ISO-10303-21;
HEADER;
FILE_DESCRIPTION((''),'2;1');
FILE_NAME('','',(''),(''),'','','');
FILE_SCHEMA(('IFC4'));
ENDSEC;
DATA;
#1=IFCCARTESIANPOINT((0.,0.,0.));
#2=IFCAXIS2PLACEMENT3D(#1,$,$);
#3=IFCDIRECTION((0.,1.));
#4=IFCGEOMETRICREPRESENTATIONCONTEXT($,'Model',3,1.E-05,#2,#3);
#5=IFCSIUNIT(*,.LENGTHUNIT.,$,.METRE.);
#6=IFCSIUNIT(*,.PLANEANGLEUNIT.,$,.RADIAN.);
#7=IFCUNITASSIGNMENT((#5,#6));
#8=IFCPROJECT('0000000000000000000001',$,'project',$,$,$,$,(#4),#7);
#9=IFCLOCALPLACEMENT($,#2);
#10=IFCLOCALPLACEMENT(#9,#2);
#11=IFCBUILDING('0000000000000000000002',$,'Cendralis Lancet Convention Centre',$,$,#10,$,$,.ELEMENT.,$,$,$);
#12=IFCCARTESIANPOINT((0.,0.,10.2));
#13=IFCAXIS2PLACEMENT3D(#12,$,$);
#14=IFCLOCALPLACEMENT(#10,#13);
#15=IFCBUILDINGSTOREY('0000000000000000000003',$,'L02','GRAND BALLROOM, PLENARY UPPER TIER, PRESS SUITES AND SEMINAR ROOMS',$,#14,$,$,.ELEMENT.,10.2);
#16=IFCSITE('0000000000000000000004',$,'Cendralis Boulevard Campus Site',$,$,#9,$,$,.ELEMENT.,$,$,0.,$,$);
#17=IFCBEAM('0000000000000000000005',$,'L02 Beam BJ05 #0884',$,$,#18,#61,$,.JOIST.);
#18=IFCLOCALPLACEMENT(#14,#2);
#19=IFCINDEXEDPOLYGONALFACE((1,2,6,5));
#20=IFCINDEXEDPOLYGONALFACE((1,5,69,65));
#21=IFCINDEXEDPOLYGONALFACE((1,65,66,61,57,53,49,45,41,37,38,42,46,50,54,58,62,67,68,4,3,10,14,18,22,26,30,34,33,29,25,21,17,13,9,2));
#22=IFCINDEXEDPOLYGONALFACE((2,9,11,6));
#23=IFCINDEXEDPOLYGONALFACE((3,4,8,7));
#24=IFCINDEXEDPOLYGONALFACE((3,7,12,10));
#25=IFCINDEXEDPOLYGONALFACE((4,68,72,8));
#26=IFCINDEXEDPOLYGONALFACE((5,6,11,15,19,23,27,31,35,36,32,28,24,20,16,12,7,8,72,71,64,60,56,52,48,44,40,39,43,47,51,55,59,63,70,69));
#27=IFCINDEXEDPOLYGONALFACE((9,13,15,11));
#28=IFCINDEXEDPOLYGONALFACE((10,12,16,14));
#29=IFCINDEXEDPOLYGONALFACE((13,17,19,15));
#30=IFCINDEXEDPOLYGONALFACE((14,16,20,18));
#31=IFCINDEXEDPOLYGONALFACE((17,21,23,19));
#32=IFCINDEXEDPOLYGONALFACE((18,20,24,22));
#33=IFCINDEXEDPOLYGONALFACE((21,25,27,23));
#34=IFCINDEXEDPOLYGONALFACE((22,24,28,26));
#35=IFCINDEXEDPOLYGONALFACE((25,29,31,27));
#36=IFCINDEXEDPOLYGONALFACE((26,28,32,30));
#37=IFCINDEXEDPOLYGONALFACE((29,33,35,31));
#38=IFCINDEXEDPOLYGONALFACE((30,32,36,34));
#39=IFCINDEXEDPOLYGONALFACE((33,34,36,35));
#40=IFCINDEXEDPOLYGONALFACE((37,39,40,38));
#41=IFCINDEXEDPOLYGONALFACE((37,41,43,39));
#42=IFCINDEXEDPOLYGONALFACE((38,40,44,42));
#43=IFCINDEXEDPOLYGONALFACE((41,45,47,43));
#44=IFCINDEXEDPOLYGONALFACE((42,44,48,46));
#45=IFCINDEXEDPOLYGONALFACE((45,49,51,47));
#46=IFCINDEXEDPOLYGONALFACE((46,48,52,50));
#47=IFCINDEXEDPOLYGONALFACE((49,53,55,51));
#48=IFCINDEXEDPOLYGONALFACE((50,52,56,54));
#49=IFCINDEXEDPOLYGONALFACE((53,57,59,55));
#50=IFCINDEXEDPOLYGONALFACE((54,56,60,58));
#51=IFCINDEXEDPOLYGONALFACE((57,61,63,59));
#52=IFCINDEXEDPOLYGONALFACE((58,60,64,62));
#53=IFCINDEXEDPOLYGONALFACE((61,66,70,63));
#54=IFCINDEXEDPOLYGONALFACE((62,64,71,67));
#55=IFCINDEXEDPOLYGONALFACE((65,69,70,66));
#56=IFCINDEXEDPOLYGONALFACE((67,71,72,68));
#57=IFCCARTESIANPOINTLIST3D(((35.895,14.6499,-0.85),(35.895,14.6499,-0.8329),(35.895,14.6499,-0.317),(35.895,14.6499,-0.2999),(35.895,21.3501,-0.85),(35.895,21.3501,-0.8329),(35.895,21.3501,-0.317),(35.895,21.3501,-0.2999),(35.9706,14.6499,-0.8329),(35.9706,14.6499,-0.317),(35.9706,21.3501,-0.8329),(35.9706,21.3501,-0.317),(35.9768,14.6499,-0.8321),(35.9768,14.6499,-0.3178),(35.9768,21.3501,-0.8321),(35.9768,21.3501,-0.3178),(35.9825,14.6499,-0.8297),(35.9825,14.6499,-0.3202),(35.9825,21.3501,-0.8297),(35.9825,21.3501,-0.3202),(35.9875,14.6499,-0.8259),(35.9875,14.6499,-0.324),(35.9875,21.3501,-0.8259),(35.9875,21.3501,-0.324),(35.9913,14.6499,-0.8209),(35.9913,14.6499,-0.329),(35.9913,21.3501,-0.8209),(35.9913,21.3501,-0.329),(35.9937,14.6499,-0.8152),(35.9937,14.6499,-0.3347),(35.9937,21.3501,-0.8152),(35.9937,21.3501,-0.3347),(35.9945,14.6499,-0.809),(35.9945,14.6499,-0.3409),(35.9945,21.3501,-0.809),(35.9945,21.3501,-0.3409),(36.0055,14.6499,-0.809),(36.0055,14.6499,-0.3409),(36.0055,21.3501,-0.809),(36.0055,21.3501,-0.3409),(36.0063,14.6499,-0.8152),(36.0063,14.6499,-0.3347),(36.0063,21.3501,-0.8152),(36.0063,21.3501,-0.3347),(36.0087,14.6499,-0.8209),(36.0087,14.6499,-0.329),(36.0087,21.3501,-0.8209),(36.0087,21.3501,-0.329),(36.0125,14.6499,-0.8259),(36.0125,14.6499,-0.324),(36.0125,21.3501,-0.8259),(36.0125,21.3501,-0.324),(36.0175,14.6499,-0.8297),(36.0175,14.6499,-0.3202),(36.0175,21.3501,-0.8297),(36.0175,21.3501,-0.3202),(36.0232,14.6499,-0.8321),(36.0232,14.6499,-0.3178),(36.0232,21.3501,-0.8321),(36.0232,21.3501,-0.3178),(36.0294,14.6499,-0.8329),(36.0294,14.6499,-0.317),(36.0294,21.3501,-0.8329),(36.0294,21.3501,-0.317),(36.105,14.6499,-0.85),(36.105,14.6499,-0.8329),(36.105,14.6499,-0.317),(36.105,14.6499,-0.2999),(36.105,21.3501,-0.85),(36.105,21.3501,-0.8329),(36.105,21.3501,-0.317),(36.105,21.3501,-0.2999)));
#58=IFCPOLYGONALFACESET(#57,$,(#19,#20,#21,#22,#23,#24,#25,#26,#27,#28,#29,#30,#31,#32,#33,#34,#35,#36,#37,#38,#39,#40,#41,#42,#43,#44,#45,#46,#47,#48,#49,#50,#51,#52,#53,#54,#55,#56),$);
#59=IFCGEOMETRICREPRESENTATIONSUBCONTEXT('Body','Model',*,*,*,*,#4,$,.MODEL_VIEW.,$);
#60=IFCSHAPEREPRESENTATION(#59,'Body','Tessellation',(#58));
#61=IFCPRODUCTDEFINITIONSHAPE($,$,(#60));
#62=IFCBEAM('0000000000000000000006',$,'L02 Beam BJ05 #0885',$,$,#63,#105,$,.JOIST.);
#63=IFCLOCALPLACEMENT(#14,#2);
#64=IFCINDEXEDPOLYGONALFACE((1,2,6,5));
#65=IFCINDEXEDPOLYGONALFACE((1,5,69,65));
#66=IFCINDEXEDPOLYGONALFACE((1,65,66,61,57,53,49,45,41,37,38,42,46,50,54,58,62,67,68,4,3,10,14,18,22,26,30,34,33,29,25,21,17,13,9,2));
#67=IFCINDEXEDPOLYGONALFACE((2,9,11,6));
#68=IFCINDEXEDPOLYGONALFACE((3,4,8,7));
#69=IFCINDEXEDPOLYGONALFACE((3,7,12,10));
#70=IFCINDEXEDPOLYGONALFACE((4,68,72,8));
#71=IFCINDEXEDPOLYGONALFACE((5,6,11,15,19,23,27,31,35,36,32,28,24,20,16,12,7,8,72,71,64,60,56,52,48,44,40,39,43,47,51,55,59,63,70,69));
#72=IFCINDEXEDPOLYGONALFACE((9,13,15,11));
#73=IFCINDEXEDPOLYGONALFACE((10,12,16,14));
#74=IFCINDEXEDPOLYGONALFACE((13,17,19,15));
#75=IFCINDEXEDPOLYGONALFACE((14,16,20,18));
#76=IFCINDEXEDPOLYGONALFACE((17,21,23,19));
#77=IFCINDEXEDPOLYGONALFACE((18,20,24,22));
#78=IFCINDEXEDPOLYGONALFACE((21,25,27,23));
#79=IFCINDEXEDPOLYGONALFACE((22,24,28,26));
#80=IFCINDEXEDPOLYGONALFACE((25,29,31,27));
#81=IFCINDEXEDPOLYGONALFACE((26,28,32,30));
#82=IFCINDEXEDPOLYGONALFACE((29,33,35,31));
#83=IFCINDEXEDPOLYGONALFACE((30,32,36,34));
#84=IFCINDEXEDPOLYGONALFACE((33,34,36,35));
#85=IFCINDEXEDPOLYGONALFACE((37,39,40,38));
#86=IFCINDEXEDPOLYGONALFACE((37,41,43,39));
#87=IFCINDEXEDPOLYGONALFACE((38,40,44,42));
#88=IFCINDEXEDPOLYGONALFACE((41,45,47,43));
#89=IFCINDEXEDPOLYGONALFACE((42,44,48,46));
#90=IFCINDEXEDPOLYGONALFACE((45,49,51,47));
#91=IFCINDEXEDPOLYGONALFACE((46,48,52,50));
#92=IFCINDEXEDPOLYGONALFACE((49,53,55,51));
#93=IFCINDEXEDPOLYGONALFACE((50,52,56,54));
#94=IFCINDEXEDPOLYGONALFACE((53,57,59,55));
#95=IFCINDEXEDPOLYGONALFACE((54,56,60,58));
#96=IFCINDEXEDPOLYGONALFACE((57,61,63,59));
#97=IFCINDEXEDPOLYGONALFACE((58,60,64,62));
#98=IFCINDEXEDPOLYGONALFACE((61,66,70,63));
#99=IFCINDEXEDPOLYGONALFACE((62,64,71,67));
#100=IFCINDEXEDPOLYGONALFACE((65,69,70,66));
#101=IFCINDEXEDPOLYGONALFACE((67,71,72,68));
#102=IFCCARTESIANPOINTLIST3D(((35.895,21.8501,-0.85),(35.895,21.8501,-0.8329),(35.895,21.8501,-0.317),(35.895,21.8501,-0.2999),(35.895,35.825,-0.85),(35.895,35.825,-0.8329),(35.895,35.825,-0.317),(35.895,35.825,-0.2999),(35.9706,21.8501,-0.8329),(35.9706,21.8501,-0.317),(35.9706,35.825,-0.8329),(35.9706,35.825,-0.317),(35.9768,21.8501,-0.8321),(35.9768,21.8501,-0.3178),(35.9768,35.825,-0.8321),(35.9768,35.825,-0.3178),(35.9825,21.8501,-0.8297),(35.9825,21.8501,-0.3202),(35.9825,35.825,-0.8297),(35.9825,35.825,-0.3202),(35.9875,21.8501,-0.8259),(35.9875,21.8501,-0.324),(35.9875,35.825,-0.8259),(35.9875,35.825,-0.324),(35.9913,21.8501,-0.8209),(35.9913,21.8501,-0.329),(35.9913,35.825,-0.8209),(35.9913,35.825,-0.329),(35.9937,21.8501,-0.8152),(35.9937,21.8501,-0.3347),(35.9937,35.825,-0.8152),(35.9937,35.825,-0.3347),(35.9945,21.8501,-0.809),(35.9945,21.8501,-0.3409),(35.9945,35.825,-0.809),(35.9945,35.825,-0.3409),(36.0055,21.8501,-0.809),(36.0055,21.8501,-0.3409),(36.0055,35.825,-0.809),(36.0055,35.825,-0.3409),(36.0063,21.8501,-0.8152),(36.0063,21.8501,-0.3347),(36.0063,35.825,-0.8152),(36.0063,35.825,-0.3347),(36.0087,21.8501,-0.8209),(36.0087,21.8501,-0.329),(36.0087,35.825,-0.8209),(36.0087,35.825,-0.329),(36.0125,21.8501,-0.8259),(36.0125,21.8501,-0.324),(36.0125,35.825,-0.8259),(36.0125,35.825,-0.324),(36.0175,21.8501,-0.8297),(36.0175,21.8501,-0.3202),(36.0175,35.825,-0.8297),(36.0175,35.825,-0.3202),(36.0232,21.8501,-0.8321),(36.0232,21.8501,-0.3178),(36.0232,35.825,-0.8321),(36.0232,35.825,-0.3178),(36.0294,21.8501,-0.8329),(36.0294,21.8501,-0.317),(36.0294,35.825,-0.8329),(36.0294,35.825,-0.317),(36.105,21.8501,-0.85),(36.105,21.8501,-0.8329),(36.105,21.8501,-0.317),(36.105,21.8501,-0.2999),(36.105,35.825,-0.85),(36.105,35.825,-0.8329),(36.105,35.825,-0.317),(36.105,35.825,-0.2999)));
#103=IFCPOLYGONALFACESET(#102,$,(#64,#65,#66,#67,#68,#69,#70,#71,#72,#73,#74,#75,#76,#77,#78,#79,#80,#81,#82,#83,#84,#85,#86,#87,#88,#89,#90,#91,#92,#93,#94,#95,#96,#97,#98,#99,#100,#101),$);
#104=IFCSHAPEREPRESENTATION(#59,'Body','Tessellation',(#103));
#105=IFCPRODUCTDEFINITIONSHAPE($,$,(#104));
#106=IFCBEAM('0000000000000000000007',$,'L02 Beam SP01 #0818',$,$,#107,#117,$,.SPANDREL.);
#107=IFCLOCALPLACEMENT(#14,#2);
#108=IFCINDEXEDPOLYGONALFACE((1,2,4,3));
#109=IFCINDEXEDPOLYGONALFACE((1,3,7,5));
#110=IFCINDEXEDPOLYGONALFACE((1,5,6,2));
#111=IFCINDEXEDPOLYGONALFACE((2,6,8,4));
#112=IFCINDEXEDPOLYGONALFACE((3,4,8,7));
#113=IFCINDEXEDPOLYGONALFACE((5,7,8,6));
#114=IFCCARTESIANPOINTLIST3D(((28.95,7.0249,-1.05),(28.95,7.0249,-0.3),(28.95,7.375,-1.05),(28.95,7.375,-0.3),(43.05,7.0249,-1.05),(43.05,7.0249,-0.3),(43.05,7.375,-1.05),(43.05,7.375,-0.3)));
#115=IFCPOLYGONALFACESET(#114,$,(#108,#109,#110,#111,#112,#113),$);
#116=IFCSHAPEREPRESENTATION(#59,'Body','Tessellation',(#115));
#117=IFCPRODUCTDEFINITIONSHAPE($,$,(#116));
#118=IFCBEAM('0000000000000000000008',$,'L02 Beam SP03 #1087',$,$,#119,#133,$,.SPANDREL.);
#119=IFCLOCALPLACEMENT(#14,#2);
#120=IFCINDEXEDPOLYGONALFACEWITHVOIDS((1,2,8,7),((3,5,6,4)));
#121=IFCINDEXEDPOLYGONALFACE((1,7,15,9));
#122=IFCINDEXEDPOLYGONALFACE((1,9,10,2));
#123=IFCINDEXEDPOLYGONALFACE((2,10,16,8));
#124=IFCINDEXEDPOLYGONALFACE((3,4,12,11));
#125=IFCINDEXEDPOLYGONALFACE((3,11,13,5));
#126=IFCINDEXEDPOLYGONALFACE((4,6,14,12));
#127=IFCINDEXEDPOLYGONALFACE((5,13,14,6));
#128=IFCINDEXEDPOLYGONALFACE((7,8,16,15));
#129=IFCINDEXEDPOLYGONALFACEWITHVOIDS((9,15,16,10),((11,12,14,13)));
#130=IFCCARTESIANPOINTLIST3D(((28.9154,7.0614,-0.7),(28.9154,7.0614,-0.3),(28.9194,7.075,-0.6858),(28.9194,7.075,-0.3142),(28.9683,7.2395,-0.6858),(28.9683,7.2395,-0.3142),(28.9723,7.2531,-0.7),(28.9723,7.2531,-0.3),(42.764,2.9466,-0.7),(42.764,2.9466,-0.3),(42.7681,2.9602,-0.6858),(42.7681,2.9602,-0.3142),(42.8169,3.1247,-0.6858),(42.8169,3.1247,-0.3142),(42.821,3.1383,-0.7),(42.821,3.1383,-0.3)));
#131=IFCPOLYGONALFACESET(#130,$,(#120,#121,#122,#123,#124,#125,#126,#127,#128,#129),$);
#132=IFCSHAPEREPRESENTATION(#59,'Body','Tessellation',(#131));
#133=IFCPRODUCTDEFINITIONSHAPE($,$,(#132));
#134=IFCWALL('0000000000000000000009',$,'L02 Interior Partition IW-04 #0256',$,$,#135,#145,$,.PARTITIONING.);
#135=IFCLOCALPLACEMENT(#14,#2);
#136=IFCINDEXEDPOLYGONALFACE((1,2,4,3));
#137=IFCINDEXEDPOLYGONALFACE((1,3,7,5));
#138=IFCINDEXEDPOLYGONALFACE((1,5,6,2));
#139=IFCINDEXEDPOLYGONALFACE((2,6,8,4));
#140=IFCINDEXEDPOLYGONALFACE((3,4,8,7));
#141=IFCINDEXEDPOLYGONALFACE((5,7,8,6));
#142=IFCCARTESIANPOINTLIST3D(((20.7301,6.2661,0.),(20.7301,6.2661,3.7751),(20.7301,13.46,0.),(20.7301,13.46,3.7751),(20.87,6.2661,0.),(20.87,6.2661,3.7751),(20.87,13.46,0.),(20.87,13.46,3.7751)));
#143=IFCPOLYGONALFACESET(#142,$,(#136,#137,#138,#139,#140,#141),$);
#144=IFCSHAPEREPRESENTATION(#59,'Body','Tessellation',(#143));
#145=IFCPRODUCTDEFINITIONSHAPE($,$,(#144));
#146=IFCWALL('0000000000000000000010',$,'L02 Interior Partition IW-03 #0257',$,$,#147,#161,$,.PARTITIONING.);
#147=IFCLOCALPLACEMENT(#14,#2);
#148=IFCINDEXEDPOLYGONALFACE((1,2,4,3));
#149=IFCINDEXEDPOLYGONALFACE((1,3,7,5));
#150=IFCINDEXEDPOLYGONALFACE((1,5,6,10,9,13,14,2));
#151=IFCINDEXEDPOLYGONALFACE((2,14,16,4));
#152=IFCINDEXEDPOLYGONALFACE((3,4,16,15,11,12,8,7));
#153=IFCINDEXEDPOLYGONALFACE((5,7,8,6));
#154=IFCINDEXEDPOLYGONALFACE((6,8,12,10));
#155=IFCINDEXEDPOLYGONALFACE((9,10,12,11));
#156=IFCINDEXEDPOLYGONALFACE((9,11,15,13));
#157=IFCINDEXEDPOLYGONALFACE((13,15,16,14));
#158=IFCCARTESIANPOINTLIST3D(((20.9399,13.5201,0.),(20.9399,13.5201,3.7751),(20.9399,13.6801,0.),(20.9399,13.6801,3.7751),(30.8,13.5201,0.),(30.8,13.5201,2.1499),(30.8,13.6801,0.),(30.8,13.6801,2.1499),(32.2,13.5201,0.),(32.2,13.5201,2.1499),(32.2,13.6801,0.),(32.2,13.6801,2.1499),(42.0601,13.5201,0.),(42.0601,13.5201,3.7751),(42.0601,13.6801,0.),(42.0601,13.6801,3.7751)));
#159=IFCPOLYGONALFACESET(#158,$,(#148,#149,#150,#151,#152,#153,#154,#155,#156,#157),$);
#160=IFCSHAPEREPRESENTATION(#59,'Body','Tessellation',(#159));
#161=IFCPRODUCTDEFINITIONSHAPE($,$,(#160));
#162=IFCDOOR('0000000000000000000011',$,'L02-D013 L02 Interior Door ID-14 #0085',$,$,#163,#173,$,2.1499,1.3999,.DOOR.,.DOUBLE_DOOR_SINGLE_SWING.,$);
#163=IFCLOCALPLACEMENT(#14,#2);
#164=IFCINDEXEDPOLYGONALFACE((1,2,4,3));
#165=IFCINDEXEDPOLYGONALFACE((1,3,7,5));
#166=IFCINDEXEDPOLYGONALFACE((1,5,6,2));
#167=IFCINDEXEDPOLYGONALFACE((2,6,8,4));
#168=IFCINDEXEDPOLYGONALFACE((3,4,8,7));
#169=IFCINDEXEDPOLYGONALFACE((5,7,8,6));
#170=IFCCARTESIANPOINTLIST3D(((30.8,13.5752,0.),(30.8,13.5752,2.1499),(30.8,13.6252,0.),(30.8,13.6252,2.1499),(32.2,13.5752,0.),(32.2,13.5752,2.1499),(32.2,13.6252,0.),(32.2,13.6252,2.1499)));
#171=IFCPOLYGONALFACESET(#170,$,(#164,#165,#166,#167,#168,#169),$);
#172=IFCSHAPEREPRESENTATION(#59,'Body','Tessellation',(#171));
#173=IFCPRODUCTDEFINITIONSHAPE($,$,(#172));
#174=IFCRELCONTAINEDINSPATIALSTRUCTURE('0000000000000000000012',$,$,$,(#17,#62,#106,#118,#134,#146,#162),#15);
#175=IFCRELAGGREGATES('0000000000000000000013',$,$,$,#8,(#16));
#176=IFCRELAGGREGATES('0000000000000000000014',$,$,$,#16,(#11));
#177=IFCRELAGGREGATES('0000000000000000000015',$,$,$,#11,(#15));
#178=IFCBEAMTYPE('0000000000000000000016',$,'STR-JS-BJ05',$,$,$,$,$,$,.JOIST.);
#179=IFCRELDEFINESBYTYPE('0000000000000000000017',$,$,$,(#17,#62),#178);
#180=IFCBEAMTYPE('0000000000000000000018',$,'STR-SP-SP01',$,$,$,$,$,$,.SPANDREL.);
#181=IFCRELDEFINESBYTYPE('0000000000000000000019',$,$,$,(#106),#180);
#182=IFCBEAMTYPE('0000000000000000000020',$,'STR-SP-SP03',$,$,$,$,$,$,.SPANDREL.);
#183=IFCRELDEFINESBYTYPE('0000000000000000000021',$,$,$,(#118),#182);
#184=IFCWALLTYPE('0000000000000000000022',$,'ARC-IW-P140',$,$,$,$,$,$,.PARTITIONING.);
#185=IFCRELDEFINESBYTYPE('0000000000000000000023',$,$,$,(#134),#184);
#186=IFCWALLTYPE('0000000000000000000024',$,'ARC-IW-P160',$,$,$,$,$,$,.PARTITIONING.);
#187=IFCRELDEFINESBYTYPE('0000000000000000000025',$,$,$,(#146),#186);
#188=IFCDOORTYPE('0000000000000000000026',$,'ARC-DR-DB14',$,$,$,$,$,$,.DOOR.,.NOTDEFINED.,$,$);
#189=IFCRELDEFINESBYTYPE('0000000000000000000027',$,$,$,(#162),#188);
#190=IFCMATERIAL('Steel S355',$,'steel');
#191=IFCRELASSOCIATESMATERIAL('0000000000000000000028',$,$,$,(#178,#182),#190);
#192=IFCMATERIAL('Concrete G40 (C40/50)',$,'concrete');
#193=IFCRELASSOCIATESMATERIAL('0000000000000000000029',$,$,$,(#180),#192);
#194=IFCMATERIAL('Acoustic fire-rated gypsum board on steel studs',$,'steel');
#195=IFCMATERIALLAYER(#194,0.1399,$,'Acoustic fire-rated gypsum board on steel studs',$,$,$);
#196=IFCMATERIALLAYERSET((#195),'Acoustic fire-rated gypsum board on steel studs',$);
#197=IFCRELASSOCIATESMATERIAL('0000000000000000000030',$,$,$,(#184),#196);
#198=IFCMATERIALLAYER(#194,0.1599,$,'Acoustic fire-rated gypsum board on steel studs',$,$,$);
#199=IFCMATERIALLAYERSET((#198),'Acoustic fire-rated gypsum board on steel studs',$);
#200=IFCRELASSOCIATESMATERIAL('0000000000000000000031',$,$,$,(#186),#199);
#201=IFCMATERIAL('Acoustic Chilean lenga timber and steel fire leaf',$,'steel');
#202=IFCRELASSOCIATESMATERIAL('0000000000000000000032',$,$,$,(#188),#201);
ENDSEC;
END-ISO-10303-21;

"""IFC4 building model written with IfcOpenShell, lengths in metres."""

from ifc_helpers import new_model, si_unit, direction, frame, frame_2d, origin, origin_2d, place, context, subcontext, project, spatial, rectangle, hollow_rectangle, i_section, extrude, material, layer, layer_set, material_profile, profile_set, type_object, element, fill, save


model = new_model("IFC4")

# Units and contexts
model_context = context("Model", 3, precision=1e-05, world=origin(), true_north=direction((0.0, 1.0)))
body_context = subcontext(model_context, "Body", "Model", "MODEL_VIEW")
ifc_project = project(units=[si_unit("LENGTHUNIT", "METRE"), si_unit("PLANEANGLEUNIT", "RADIAN")], contexts=[model_context])

# Site, building, storey
site_placement = place(None, origin())
site = spatial("IfcSite", under=ifc_project, at=site_placement, Name="Cendralis Boulevard Campus Site", CompositionType="ELEMENT", RefElevation=0.0)
building_placement = place(site_placement, origin())
building = spatial("IfcBuilding", under=site, at=building_placement, Name="Cendralis Lancet Convention Centre", CompositionType="ELEMENT")
storey_placement = place(building_placement, frame((0.0, 0.0, 10.2)))
storey = spatial("IfcBuildingStorey", under=building, at=storey_placement, Name="L02", Description="GRAND BALLROOM, PLENARY UPPER TIER, PRESS SUITES AND SEMINAR ROOMS", CompositionType="ELEMENT", Elevation=10.2)

# Shared definitions
ifc_material_1 = material(Name="Steel S355", Category="steel")

# Beams
ifc_material_2 = material(Name="Concrete G40 (C40/50)", Category="concrete")
ifc_material_profile_1 = material_profile(ifc_material_1, i_section(OverallWidth=0.21, OverallDepth=0.55, WebThickness=0.011, FlangeThickness=0.0171, FilletRadius=0.0239, at=origin_2d()), Name="IPE 550")
ifc_profile_set_1 = profile_set([ifc_material_profile_1], Name="Steel S355")
beam_type_1 = type_object("IfcBeamType", Name="STR-JS-BJ05", PredefinedType="JOIST", material=ifc_profile_set_1)
beam_1_placement = place(storey_placement, frame((36.0, 14.6499, -0.575), z_axis=(0.0, 1.0, 0.0), x_axis=(-1.0, 0.0, 0.0)))
element("IfcBeam", 1, at=beam_1_placement, inside=storey, type_object=beam_type_1, Name="L02 Beam BJ05 #0884", PredefinedType="JOIST", context=body_context, shape_type="SweptSolid", body=[
    extrude(i_section(OverallWidth=0.21, OverallDepth=0.55, WebThickness=0.011, FlangeThickness=0.0171, FilletRadius=0.0239, at=origin_2d()), origin(), (0.0, 0.0, 1.0), 6.7002),
])
beam_2_placement = place(storey_placement, frame((36.0, 21.8501, -0.575), z_axis=(0.0, 1.0, 0.0), x_axis=(-1.0, 0.0, 0.0)))
element("IfcBeam", 2, at=beam_2_placement, inside=storey, type_object=beam_type_1, Name="L02 Beam BJ05 #0885", PredefinedType="JOIST", context=body_context, shape_type="SweptSolid", body=[
    extrude(i_section(OverallWidth=0.21, OverallDepth=0.55, WebThickness=0.011, FlangeThickness=0.0171, FilletRadius=0.0239, at=origin_2d()), origin(), (0.0, 0.0, 1.0), 13.9749),
])
ifc_material_profile_2 = material_profile(ifc_material_2, rectangle(XDim=0.3501, YDim=0.75, at=origin_2d()), Name="RCB 350x750")
ifc_profile_set_2 = profile_set([ifc_material_profile_2], Name="Concrete G40 (C40/50)")
beam_type_2 = type_object("IfcBeamType", Name="STR-SP-SP01", PredefinedType="SPANDREL", material=ifc_profile_set_2)
beam_3_placement = place(storey_placement, frame((28.95, 7.2, -0.675), z_axis=(1.0, 0.0, 0.0), x_axis=(0.0, 1.0, 0.0)))
element("IfcBeam", 3, at=beam_3_placement, inside=storey, type_object=beam_type_2, Name="L02 Beam SP01 #0818", PredefinedType="SPANDREL", context=body_context, shape_type="SweptSolid", body=[
    extrude(rectangle(XDim=0.3501, YDim=0.75, at=origin_2d()), origin(), (0.0, 0.0, 1.0), 14.1001),
])
ifc_material_profile_3 = material_profile(ifc_material_1, hollow_rectangle(XDim=0.2, YDim=0.3999, WallThickness=0.0142, at=origin_2d()), Name="RHS 400x200x14.2")
ifc_profile_set_3 = profile_set([ifc_material_profile_3], Name="Steel S355")
beam_type_3 = type_object("IfcBeamType", Name="STR-SP-SP03", PredefinedType="SPANDREL", material=ifc_profile_set_3)
beam_4_placement = place(storey_placement, frame((28.9438, 7.1572, -0.5), z_axis=(0.958582, -0.284817, 0.0), x_axis=(0.284817, 0.958582, 0.0)))
element("IfcBeam", 4, at=beam_4_placement, inside=storey, type_object=beam_type_3, Name="L02 Beam SP03 #1087", PredefinedType="SPANDREL", context=body_context, shape_type="SweptSolid", body=[
    extrude(hollow_rectangle(XDim=0.2, YDim=0.3999, WallThickness=0.0142, at=origin_2d()), origin(), (0.0, 0.0, 1.0), 14.447),
])

# Wall
ifc_material_3 = material(Name="Acoustic fire-rated gypsum board on steel studs", Category="steel")
ifc_layer_1 = layer(ifc_material_3, 0.1399, Name="Acoustic fire-rated gypsum board on steel studs")
ifc_layer_set_1 = layer_set([ifc_layer_1], Name="Acoustic fire-rated gypsum board on steel studs")
wall_type_1 = type_object("IfcWallType", Name="ARC-IW-P140", PredefinedType="PARTITIONING", material=ifc_layer_set_1)
wall_1_placement = place(storey_placement, frame((20.8, 6.2661, 0.0), z_axis=(0.0, 0.0, 1.0), x_axis=(0.0, 1.0, 0.0)))
element("IfcWall", 5, at=wall_1_placement, inside=storey, type_object=wall_type_1, Name="L02 Interior Partition IW-04 #0256", PredefinedType="PARTITIONING", context=body_context, shape_type="SweptSolid", body=[
    extrude(rectangle(XDim=7.1938, YDim=0.1399, at=frame_2d((3.5969, 0.0))), origin(), (0.0, 0.0, 1.0), 3.7751),
])

# Wall, opening, door
ifc_layer_2 = layer(ifc_material_3, 0.1599, Name="Acoustic fire-rated gypsum board on steel studs")
ifc_layer_set_2 = layer_set([ifc_layer_2], Name="Acoustic fire-rated gypsum board on steel studs")
wall_type_2 = type_object("IfcWallType", Name="ARC-IW-P160", PredefinedType="PARTITIONING", material=ifc_layer_set_2)
wall_2_placement = place(storey_placement, frame((20.9399, 13.6001, 0.0), z_axis=(0.0, 0.0, 1.0), x_axis=(1.0, 0.0, 0.0)))
wall_2 = element("IfcWall", 6, at=wall_2_placement, inside=storey, type_object=wall_type_2, Name="L02 Interior Partition IW-03 #0257", PredefinedType="PARTITIONING", context=body_context, shape_type="SweptSolid", body=[
    extrude(rectangle(XDim=21.1201, YDim=0.1599, at=frame_2d((10.5601, 0.0))), origin(), (0.0, 0.0, 1.0), 3.7751),
])
opening_1_placement = place(wall_2_placement, frame((9.8601, 0.0, 0.0)))
opening_1 = element("IfcOpeningElement", 7, at=opening_1_placement, cuts=wall_2, PredefinedType="OPENING", context=body_context, shape_type="SweptSolid", body=[
    extrude(rectangle(XDim=1.3999, YDim=2.1499, at=frame_2d((0.7, 1.075))), frame((0.0, 0.0898, 0.0), z_axis=(0.0, -1.0, 0.0), x_axis=(1.0, 0.0, 0.0)), (0.0, 0.0, 1.0), 0.1799),
])
ifc_material_4 = material(Name="Acoustic Chilean lenga timber and steel fire leaf", Category="steel")
door_type_1 = type_object("IfcDoorType", Name="ARC-DR-DB14", OperationType="NOTDEFINED", PredefinedType="DOOR", material=ifc_material_4)
door_1_placement = place(opening_1_placement, frame((1.3999, 0.0, 0.0), z_axis=(0.0, 0.0, 1.0), x_axis=(-1.0, 0.0, 0.0)))
door_1 = element("IfcDoor", 8, at=door_1_placement, inside=storey, type_object=door_type_1, Name="L02-D013 L02 Interior Door ID-14 #0085", OperationType="DOUBLE_DOOR_SINGLE_SWING", OverallHeight=2.1499, OverallWidth=1.3999, PredefinedType="DOOR", context=body_context, shape_type="SweptSolid", body=[
    extrude(rectangle(XDim=1.3999, YDim=2.1499, at=frame_2d((0.7, 1.075))), frame((0.0, 0.0249, 0.0), z_axis=(0.0, -1.0, 0.0), x_axis=(1.0, 0.0, 0.0)), (0.0, 0.0, 1.0), 0.05),
])
fill(opening_1, door_1)

save(model, "model.ifc")
